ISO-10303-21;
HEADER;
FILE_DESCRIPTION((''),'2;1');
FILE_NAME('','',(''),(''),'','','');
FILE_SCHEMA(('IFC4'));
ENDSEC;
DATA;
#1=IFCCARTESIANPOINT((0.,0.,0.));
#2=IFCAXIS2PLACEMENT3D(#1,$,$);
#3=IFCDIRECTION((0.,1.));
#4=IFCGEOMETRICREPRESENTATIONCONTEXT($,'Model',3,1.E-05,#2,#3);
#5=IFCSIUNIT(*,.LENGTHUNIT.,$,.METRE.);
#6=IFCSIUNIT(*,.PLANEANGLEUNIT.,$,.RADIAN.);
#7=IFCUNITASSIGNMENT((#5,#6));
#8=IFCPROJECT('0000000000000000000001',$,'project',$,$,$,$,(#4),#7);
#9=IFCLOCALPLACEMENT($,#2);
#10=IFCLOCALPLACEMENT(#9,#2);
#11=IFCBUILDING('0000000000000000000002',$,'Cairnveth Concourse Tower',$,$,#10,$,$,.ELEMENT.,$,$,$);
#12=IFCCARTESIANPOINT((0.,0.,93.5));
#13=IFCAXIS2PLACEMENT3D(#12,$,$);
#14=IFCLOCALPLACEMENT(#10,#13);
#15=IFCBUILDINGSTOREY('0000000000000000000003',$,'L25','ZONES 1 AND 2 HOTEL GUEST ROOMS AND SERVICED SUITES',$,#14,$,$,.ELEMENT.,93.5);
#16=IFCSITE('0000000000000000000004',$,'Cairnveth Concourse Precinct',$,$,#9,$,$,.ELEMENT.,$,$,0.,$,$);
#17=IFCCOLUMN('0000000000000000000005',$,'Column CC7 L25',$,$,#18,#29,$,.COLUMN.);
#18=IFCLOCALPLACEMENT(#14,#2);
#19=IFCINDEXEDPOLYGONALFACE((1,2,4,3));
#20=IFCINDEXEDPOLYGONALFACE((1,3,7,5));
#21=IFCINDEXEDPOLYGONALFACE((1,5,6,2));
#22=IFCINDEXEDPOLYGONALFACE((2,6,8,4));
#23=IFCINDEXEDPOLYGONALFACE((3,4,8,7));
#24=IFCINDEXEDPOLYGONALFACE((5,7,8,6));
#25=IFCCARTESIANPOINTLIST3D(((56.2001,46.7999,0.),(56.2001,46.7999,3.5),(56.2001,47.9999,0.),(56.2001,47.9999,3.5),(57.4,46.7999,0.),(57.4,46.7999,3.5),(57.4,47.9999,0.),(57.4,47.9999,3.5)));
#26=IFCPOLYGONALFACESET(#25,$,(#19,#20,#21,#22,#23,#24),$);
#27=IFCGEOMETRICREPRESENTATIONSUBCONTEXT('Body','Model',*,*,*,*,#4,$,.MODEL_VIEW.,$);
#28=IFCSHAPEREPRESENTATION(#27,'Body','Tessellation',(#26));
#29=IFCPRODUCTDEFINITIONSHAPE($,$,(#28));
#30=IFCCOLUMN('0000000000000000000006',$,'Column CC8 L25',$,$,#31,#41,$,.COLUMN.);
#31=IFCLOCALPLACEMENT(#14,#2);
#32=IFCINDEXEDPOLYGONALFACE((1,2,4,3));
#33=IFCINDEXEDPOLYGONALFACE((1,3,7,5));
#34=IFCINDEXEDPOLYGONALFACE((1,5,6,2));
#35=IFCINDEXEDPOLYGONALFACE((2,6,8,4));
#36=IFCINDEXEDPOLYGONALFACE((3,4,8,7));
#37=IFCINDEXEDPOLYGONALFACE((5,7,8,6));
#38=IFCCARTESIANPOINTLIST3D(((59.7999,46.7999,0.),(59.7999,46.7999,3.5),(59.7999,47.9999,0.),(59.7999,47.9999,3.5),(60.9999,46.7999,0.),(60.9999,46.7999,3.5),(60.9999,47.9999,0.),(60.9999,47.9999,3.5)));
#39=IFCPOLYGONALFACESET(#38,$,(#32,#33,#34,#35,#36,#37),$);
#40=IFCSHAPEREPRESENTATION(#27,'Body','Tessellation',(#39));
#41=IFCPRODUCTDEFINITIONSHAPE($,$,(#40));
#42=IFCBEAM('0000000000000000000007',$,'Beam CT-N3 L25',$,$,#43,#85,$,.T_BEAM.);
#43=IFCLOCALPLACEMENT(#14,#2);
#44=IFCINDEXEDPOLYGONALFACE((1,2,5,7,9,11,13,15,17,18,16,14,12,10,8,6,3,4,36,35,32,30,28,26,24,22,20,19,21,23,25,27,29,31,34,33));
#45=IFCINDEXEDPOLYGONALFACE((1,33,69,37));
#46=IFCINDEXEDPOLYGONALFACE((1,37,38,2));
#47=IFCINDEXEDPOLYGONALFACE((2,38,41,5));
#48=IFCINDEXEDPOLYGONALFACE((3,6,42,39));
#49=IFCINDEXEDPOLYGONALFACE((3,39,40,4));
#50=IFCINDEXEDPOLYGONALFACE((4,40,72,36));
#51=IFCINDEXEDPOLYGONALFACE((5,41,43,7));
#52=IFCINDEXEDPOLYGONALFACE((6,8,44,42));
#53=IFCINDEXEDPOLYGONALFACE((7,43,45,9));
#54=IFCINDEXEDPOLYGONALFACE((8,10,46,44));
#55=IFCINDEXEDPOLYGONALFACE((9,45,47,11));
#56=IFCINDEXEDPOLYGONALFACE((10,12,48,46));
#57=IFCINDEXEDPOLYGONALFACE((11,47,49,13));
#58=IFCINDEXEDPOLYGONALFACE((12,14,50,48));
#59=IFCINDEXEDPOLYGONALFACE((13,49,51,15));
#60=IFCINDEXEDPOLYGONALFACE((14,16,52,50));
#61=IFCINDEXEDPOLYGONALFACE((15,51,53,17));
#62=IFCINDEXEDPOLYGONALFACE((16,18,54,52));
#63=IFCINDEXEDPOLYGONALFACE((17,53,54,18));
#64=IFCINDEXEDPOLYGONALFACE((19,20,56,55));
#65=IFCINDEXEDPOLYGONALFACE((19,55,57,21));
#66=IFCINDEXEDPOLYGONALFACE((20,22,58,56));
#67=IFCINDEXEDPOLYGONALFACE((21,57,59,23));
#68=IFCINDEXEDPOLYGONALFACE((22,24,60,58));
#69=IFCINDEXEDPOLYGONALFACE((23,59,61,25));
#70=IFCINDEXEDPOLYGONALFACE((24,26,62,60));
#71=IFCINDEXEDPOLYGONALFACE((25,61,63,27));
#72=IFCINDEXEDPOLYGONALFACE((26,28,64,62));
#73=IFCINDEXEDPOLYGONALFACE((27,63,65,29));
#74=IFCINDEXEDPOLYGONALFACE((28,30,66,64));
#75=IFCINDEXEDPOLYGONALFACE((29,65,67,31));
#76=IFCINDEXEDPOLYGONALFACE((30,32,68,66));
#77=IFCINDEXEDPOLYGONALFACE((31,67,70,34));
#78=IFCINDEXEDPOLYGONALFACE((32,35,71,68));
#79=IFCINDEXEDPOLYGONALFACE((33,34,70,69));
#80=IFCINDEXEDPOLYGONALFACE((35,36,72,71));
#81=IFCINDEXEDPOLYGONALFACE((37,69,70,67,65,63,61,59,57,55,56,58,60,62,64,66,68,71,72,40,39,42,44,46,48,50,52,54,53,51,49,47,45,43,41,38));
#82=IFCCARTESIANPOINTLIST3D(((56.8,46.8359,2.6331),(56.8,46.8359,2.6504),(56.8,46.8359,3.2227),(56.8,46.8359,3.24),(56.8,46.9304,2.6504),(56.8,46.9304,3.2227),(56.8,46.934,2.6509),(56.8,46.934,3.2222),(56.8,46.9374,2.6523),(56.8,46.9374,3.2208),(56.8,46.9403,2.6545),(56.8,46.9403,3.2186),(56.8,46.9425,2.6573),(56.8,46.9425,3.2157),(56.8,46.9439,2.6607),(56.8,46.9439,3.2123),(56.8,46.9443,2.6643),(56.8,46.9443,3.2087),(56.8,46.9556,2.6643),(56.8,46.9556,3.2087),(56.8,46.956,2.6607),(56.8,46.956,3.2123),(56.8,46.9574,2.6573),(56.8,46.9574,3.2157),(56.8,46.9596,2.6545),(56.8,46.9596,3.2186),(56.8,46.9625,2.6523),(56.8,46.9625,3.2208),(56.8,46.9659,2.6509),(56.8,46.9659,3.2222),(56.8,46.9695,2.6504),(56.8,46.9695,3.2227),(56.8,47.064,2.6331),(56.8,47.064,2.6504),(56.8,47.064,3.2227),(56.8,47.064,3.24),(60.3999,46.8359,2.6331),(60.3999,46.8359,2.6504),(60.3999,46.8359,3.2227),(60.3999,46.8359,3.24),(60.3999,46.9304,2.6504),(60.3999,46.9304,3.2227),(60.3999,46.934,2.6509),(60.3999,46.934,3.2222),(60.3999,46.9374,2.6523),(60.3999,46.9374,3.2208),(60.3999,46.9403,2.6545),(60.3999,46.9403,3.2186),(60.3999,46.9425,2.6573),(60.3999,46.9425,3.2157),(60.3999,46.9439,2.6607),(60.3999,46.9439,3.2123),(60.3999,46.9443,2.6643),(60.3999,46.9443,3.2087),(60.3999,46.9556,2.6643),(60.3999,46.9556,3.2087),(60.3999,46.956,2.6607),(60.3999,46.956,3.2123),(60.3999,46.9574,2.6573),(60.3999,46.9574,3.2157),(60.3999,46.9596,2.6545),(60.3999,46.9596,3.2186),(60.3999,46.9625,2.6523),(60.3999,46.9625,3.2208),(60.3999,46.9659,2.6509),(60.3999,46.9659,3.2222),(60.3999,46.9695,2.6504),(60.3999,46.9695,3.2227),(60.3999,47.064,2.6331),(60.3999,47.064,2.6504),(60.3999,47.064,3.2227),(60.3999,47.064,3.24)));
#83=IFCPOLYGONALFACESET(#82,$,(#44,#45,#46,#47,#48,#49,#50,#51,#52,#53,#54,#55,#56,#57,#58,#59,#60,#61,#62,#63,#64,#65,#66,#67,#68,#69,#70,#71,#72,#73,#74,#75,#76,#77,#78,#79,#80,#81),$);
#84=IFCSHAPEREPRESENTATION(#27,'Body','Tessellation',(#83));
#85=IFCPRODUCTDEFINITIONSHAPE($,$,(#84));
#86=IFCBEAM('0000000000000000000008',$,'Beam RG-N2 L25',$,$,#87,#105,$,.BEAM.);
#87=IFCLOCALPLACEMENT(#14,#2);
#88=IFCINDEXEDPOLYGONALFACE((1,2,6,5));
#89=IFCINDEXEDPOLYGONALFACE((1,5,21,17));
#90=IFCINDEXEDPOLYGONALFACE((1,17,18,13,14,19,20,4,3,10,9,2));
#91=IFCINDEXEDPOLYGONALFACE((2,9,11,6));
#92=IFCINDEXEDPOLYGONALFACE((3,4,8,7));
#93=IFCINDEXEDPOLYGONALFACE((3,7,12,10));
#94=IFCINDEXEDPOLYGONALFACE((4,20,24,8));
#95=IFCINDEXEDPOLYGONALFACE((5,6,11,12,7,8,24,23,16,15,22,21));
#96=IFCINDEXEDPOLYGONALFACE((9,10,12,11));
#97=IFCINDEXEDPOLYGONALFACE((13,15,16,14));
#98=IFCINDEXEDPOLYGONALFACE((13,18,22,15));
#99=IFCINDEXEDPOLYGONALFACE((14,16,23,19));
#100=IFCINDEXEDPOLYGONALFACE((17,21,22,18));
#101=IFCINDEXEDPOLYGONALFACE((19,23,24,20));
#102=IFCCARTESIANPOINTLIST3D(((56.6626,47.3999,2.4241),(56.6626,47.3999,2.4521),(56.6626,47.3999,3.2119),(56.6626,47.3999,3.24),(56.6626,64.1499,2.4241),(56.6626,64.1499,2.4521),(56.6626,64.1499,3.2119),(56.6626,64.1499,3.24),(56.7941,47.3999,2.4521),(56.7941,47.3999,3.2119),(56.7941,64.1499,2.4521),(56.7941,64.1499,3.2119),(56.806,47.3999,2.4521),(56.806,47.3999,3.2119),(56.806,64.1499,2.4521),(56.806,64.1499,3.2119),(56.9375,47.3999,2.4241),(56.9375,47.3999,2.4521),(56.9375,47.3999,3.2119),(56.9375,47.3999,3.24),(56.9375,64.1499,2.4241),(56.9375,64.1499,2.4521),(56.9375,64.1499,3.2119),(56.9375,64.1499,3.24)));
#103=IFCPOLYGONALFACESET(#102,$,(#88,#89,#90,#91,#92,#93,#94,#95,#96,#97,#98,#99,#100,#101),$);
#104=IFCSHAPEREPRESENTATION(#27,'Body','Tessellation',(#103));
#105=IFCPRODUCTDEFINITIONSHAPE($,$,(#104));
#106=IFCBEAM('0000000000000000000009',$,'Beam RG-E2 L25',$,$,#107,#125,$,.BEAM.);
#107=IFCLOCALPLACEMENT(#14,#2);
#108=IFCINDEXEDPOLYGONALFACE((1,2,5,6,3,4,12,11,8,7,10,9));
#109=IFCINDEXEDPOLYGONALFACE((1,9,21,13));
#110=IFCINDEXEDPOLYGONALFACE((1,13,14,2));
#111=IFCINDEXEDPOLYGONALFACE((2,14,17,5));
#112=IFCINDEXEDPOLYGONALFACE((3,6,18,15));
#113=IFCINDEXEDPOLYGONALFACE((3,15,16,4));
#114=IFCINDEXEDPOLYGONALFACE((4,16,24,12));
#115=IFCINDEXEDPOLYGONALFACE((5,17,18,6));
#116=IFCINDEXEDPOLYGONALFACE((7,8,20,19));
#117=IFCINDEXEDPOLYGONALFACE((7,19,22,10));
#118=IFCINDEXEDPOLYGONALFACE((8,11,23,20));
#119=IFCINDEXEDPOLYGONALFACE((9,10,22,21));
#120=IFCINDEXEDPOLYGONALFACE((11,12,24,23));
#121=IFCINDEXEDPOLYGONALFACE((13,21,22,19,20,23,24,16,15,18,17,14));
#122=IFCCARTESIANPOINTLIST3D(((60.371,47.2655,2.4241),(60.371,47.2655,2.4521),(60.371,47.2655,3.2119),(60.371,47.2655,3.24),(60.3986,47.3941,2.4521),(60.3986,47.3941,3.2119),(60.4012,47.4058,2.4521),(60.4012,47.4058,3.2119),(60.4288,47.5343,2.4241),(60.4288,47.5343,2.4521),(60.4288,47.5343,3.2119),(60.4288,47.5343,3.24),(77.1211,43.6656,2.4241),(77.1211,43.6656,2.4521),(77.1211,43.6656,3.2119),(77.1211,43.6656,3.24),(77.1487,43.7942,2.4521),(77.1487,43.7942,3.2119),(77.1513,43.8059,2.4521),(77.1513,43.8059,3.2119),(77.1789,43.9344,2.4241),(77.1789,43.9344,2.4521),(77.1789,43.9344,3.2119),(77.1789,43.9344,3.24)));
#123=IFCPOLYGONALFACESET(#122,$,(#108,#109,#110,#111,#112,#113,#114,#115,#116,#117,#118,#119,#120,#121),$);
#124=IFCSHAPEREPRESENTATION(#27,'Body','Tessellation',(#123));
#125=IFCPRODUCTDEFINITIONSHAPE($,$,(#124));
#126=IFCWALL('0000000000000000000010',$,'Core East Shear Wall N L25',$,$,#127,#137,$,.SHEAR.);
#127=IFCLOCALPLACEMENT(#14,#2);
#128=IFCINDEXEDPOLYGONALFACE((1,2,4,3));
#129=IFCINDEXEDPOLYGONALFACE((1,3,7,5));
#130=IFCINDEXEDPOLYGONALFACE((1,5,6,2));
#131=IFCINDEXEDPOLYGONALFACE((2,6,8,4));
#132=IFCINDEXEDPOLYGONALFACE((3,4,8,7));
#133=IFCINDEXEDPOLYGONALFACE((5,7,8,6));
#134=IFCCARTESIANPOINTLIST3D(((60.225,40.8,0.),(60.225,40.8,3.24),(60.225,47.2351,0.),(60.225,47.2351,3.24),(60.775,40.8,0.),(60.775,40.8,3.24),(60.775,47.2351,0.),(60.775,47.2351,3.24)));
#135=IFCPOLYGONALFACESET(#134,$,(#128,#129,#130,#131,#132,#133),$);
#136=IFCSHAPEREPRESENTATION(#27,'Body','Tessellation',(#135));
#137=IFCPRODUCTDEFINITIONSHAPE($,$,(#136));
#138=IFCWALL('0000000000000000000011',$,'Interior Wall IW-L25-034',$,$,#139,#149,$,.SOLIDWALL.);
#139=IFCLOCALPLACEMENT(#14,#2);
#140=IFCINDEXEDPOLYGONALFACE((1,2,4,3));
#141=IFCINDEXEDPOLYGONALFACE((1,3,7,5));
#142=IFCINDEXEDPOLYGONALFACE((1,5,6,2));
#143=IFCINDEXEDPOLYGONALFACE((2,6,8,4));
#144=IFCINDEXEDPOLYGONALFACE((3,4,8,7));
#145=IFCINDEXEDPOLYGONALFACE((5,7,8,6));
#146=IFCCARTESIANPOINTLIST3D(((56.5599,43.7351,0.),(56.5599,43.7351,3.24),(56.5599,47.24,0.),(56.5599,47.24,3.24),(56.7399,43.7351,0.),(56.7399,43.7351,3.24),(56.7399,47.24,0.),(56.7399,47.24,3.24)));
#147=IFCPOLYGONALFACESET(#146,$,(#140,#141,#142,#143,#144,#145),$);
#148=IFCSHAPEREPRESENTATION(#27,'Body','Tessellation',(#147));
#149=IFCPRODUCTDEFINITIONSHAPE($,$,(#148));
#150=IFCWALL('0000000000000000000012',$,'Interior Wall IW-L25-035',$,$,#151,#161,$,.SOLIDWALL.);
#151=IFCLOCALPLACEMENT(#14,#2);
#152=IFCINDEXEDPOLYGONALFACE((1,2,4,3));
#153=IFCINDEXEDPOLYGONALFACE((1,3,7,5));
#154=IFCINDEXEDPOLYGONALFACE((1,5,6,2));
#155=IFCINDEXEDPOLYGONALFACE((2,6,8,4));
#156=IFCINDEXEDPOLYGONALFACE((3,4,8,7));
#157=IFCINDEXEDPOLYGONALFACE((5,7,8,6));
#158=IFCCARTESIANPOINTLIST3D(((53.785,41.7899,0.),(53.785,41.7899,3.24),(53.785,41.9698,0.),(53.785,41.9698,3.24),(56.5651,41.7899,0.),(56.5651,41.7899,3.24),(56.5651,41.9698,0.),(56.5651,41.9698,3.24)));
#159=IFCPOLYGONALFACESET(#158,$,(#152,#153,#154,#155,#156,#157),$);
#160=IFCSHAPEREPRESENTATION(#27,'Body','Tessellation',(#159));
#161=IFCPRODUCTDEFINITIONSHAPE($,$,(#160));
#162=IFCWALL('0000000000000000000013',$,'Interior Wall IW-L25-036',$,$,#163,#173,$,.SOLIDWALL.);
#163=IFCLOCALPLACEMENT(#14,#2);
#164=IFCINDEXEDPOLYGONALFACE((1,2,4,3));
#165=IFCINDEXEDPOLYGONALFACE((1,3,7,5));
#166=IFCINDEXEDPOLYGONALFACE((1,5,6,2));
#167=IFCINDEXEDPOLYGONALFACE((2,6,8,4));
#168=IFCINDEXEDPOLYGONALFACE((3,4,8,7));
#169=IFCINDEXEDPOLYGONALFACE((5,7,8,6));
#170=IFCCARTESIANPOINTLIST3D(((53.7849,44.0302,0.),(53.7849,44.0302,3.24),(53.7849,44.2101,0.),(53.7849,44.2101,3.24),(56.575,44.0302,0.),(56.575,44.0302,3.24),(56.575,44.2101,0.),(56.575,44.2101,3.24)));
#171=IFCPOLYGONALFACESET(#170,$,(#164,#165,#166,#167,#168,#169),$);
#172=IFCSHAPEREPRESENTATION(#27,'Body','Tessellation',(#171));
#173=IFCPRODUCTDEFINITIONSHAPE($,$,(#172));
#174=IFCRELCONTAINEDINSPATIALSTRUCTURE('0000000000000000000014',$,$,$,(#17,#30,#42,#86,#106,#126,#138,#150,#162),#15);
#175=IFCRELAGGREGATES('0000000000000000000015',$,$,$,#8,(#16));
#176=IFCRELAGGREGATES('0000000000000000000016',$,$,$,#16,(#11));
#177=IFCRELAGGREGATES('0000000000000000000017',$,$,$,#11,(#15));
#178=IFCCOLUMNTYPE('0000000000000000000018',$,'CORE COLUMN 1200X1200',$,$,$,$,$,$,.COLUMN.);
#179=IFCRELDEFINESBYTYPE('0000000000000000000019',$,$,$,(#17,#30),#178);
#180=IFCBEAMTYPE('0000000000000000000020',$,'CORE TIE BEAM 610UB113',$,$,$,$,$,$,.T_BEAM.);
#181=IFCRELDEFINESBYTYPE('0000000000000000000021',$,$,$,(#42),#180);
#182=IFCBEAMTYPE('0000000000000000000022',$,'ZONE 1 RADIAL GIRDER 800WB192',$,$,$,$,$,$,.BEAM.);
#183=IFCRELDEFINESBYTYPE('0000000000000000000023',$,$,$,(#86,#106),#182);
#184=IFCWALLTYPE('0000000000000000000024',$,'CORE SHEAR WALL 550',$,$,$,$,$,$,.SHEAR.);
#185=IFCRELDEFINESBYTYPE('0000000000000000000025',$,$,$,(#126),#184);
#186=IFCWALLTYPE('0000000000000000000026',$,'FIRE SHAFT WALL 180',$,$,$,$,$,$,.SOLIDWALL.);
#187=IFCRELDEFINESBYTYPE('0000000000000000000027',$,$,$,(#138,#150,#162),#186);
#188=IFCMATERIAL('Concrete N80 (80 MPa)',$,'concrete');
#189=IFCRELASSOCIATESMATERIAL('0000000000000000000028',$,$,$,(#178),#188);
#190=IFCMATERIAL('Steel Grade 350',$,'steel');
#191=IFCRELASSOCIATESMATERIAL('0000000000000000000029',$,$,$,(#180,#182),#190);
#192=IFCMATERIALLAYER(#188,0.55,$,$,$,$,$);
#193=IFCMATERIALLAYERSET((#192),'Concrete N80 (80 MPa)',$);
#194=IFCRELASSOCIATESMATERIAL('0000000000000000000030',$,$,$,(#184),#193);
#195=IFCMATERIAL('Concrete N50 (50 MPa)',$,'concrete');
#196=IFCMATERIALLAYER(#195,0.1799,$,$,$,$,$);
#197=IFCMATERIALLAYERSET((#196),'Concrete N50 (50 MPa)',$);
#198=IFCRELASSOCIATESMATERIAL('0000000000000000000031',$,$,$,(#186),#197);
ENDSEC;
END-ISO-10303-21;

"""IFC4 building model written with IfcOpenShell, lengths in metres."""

from ifc_helpers import new_model, si_unit, direction, frame, frame_2d, origin, origin_2d, place, context, subcontext, project, spatial, rectangle, i_section, extrude, material, layer, layer_set, material_profile, profile_set, type_object, element, save


model = new_model("IFC4")

# Units and contexts
model_context = context("Model", 3, precision=1e-05, world=origin(), true_north=direction((0.0, 1.0)))
body_context = subcontext(model_context, "Body", "Model", "MODEL_VIEW")
ifc_project = project(units=[si_unit("LENGTHUNIT", "METRE"), si_unit("PLANEANGLEUNIT", "RADIAN")], contexts=[model_context])

# Site, building, storey
site_placement = place(None, origin())
site = spatial("IfcSite", under=ifc_project, at=site_placement, Name="Cairnveth Concourse Precinct", CompositionType="ELEMENT", RefElevation=0.0)
building_placement = place(site_placement, origin())
building = spatial("IfcBuilding", under=site, at=building_placement, Name="Cairnveth Concourse Tower", CompositionType="ELEMENT")
storey_placement = place(building_placement, frame((0.0, 0.0, 93.5)))
storey = spatial("IfcBuildingStorey", under=building, at=storey_placement, Name="L25", Description="ZONES 1 AND 2 HOTEL GUEST ROOMS AND SERVICED SUITES", CompositionType="ELEMENT", Elevation=93.5)

# Columns
ifc_material_1 = material(Name="Concrete N80 (80 MPa)", Category="concrete")
ifc_material_profile_1 = material_profile(ifc_material_1, rectangle(XDim=1.2, YDim=1.2, at=origin_2d()), Name="RC-COL-1200x1200")
ifc_profile_set_1 = profile_set([ifc_material_profile_1], Name="Concrete N80 (80 MPa)")
column_type = type_object("IfcColumnType", Name="CORE COLUMN 1200X1200", PredefinedType="COLUMN", material=ifc_profile_set_1)
for number, where, z_axis, x_axis, name in (
    (1, (56.8, 47.3999, 0.0), (0.0, 0.0, 1.0), (1.0, 0.0, 0.0), "Column CC7 L25"),
    (2, (60.3999, 47.3999, 0.0), (0.0, 0.0, 1.0), (1.0, 0.0, 0.0), "Column CC8 L25"),
):
    element("IfcColumn", number, at=place(storey_placement, frame(where, z_axis=z_axis, x_axis=x_axis)), inside=storey, type_object=column_type, Name=name, PredefinedType="COLUMN", context=body_context, shape_type="SweptSolid", body=[
        extrude(rectangle(XDim=1.2, YDim=1.2, at=origin_2d()), origin(), (0.0, 0.0, 1.0), 3.5),
    ])

# Beams
ifc_material_2 = material(Name="Steel Grade 350", Category="steel")
ifc_material_profile_2 = material_profile(ifc_material_2, i_section(OverallWidth=0.228, OverallDepth=0.6069, WebThickness=0.0112, FlangeThickness=0.0173, FilletRadius=0.0139, at=origin_2d()), Name="610UB113")
ifc_profile_set_2 = profile_set([ifc_material_profile_2], Name="Steel Grade 350")
beam_type_1 = type_object("IfcBeamType", Name="CORE TIE BEAM 610UB113", PredefinedType="T_BEAM", material=ifc_profile_set_2)
beam_1_placement = place(storey_placement, frame((56.8, 46.95, 2.9365), z_axis=(1.0, 0.0, 0.0), x_axis=(0.0, 1.0, 0.0)))
element("IfcBeam", 3, at=beam_1_placement, inside=storey, type_object=beam_type_1, Name="Beam CT-N3 L25", PredefinedType="T_BEAM", context=body_context, shape_type="SweptSolid", body=[
    extrude(i_section(OverallWidth=0.228, OverallDepth=0.6069, WebThickness=0.0112, FlangeThickness=0.0173, FilletRadius=0.0139, at=origin_2d()), origin(), (0.0, 0.0, 1.0), 3.5999),
])
ifc_material_profile_3 = material_profile(ifc_material_2, i_section(OverallWidth=0.2749, OverallDepth=0.8159, WebThickness=0.012, FlangeThickness=0.0281, at=origin_2d()), Name="800WB192")
ifc_profile_set_3 = profile_set([ifc_material_profile_3], Name="Steel Grade 350")
beam_type_2 = type_object("IfcBeamType", Name="ZONE 1 RADIAL GIRDER 800WB192", PredefinedType="BEAM", material=ifc_profile_set_3)
beam_2_placement = place(storey_placement, frame((56.8, 47.3999, 2.832), z_axis=(0.0, 1.0, 0.0), x_axis=(-1.0, 0.0, 0.0)))
element("IfcBeam", 4, at=beam_2_placement, inside=storey, type_object=beam_type_2, Name="Beam RG-N2 L25", PredefinedType="BEAM", context=body_context, shape_type="SweptSolid", body=[
    extrude(i_section(OverallWidth=0.2749, OverallDepth=0.8159, WebThickness=0.012, FlangeThickness=0.0281, at=origin_2d()), origin(), (0.0, 0.0, 1.0), 16.75),
])
beam_3_placement = place(storey_placement, frame((60.3999, 47.3999, 2.832), z_axis=(0.977676, -0.210119, 0.0), x_axis=(0.210119, 0.977676, 0.0)))
element("IfcBeam", 5, at=beam_3_placement, inside=storey, type_object=beam_type_2, Name="Beam RG-E2 L25", PredefinedType="BEAM", context=body_context, shape_type="SweptSolid", body=[
    extrude(i_section(OverallWidth=0.2749, OverallDepth=0.8159, WebThickness=0.012, FlangeThickness=0.0281, at=origin_2d()), origin(), (0.0, 0.0, 1.0), 17.1326),
])

# Walls
ifc_layer_1 = layer(ifc_material_1, 0.55)
ifc_layer_set_1 = layer_set([ifc_layer_1], Name="Concrete N80 (80 MPa)")
wall_type_1 = type_object("IfcWallType", Name="CORE SHEAR WALL 550", PredefinedType="SHEAR", material=ifc_layer_set_1)
wall_1_placement = place(storey_placement, frame((60.5, 40.8, 0.0), z_axis=(0.0, 0.0, 1.0), x_axis=(0.0, 1.0, 0.0)))
element("IfcWall", 6, at=wall_1_placement, inside=storey, type_object=wall_type_1, Name="Core East Shear Wall N L25", PredefinedType="SHEAR", context=body_context, shape_type="SweptSolid", body=[
    extrude(rectangle(XDim=6.4351, YDim=0.55, at=frame_2d((3.2175, 0.0))), origin(), (0.0, 0.0, 1.0), 3.24),
])
ifc_material_3 = material(Name="Concrete N50 (50 MPa)", Category="concrete")
ifc_layer_2 = layer(ifc_material_3, 0.1799)
ifc_layer_set_2 = layer_set([ifc_layer_2], Name="Concrete N50 (50 MPa)")
wall_type_2 = type_object("IfcWallType", Name="FIRE SHAFT WALL 180", PredefinedType="SOLIDWALL", material=ifc_layer_set_2)
wall_2_placement = place(storey_placement, frame((56.6499, 43.7351, 0.0), z_axis=(0.0, 0.0, 1.0), x_axis=(0.0, 1.0, 0.0)))
element("IfcWall", 7, at=wall_2_placement, inside=storey, type_object=wall_type_2, Name="Interior Wall IW-L25-034", PredefinedType="SOLIDWALL", context=body_context, shape_type="SweptSolid", body=[
    extrude(rectangle(XDim=3.5049, YDim=0.1799, at=frame_2d((1.7524, 0.0))), origin(), (0.0, 0.0, 1.0), 3.24),
])
wall_3_placement = place(storey_placement, frame((53.7849, 41.8799, 0.0), z_axis=(0.0, 0.0, 1.0), x_axis=(1.0, 0.0, 0.0)))
element("IfcWall", 8, at=wall_3_placement, inside=storey, type_object=wall_type_2, Name="Interior Wall IW-L25-035", PredefinedType="SOLIDWALL", context=body_context, shape_type="SweptSolid", body=[
    extrude(rectangle(XDim=2.78, YDim=0.1799, at=frame_2d((1.3901, 0.0))), origin(), (0.0, 0.0, 1.0), 3.24),
])
wall_4_placement = place(storey_placement, frame((53.7849, 44.1201, 0.0), z_axis=(0.0, 0.0, 1.0), x_axis=(1.0, 0.0, 0.0)))
element("IfcWall", 9, at=wall_4_placement, inside=storey, type_object=wall_type_2, Name="Interior Wall IW-L25-036", PredefinedType="SOLIDWALL", context=body_context, shape_type="SweptSolid", body=[
    extrude(rectangle(XDim=2.79, YDim=0.1799, at=frame_2d((1.395, 0.0))), origin(), (0.0, 0.0, 1.0), 3.24),
])

save(model, "model.ifc")
